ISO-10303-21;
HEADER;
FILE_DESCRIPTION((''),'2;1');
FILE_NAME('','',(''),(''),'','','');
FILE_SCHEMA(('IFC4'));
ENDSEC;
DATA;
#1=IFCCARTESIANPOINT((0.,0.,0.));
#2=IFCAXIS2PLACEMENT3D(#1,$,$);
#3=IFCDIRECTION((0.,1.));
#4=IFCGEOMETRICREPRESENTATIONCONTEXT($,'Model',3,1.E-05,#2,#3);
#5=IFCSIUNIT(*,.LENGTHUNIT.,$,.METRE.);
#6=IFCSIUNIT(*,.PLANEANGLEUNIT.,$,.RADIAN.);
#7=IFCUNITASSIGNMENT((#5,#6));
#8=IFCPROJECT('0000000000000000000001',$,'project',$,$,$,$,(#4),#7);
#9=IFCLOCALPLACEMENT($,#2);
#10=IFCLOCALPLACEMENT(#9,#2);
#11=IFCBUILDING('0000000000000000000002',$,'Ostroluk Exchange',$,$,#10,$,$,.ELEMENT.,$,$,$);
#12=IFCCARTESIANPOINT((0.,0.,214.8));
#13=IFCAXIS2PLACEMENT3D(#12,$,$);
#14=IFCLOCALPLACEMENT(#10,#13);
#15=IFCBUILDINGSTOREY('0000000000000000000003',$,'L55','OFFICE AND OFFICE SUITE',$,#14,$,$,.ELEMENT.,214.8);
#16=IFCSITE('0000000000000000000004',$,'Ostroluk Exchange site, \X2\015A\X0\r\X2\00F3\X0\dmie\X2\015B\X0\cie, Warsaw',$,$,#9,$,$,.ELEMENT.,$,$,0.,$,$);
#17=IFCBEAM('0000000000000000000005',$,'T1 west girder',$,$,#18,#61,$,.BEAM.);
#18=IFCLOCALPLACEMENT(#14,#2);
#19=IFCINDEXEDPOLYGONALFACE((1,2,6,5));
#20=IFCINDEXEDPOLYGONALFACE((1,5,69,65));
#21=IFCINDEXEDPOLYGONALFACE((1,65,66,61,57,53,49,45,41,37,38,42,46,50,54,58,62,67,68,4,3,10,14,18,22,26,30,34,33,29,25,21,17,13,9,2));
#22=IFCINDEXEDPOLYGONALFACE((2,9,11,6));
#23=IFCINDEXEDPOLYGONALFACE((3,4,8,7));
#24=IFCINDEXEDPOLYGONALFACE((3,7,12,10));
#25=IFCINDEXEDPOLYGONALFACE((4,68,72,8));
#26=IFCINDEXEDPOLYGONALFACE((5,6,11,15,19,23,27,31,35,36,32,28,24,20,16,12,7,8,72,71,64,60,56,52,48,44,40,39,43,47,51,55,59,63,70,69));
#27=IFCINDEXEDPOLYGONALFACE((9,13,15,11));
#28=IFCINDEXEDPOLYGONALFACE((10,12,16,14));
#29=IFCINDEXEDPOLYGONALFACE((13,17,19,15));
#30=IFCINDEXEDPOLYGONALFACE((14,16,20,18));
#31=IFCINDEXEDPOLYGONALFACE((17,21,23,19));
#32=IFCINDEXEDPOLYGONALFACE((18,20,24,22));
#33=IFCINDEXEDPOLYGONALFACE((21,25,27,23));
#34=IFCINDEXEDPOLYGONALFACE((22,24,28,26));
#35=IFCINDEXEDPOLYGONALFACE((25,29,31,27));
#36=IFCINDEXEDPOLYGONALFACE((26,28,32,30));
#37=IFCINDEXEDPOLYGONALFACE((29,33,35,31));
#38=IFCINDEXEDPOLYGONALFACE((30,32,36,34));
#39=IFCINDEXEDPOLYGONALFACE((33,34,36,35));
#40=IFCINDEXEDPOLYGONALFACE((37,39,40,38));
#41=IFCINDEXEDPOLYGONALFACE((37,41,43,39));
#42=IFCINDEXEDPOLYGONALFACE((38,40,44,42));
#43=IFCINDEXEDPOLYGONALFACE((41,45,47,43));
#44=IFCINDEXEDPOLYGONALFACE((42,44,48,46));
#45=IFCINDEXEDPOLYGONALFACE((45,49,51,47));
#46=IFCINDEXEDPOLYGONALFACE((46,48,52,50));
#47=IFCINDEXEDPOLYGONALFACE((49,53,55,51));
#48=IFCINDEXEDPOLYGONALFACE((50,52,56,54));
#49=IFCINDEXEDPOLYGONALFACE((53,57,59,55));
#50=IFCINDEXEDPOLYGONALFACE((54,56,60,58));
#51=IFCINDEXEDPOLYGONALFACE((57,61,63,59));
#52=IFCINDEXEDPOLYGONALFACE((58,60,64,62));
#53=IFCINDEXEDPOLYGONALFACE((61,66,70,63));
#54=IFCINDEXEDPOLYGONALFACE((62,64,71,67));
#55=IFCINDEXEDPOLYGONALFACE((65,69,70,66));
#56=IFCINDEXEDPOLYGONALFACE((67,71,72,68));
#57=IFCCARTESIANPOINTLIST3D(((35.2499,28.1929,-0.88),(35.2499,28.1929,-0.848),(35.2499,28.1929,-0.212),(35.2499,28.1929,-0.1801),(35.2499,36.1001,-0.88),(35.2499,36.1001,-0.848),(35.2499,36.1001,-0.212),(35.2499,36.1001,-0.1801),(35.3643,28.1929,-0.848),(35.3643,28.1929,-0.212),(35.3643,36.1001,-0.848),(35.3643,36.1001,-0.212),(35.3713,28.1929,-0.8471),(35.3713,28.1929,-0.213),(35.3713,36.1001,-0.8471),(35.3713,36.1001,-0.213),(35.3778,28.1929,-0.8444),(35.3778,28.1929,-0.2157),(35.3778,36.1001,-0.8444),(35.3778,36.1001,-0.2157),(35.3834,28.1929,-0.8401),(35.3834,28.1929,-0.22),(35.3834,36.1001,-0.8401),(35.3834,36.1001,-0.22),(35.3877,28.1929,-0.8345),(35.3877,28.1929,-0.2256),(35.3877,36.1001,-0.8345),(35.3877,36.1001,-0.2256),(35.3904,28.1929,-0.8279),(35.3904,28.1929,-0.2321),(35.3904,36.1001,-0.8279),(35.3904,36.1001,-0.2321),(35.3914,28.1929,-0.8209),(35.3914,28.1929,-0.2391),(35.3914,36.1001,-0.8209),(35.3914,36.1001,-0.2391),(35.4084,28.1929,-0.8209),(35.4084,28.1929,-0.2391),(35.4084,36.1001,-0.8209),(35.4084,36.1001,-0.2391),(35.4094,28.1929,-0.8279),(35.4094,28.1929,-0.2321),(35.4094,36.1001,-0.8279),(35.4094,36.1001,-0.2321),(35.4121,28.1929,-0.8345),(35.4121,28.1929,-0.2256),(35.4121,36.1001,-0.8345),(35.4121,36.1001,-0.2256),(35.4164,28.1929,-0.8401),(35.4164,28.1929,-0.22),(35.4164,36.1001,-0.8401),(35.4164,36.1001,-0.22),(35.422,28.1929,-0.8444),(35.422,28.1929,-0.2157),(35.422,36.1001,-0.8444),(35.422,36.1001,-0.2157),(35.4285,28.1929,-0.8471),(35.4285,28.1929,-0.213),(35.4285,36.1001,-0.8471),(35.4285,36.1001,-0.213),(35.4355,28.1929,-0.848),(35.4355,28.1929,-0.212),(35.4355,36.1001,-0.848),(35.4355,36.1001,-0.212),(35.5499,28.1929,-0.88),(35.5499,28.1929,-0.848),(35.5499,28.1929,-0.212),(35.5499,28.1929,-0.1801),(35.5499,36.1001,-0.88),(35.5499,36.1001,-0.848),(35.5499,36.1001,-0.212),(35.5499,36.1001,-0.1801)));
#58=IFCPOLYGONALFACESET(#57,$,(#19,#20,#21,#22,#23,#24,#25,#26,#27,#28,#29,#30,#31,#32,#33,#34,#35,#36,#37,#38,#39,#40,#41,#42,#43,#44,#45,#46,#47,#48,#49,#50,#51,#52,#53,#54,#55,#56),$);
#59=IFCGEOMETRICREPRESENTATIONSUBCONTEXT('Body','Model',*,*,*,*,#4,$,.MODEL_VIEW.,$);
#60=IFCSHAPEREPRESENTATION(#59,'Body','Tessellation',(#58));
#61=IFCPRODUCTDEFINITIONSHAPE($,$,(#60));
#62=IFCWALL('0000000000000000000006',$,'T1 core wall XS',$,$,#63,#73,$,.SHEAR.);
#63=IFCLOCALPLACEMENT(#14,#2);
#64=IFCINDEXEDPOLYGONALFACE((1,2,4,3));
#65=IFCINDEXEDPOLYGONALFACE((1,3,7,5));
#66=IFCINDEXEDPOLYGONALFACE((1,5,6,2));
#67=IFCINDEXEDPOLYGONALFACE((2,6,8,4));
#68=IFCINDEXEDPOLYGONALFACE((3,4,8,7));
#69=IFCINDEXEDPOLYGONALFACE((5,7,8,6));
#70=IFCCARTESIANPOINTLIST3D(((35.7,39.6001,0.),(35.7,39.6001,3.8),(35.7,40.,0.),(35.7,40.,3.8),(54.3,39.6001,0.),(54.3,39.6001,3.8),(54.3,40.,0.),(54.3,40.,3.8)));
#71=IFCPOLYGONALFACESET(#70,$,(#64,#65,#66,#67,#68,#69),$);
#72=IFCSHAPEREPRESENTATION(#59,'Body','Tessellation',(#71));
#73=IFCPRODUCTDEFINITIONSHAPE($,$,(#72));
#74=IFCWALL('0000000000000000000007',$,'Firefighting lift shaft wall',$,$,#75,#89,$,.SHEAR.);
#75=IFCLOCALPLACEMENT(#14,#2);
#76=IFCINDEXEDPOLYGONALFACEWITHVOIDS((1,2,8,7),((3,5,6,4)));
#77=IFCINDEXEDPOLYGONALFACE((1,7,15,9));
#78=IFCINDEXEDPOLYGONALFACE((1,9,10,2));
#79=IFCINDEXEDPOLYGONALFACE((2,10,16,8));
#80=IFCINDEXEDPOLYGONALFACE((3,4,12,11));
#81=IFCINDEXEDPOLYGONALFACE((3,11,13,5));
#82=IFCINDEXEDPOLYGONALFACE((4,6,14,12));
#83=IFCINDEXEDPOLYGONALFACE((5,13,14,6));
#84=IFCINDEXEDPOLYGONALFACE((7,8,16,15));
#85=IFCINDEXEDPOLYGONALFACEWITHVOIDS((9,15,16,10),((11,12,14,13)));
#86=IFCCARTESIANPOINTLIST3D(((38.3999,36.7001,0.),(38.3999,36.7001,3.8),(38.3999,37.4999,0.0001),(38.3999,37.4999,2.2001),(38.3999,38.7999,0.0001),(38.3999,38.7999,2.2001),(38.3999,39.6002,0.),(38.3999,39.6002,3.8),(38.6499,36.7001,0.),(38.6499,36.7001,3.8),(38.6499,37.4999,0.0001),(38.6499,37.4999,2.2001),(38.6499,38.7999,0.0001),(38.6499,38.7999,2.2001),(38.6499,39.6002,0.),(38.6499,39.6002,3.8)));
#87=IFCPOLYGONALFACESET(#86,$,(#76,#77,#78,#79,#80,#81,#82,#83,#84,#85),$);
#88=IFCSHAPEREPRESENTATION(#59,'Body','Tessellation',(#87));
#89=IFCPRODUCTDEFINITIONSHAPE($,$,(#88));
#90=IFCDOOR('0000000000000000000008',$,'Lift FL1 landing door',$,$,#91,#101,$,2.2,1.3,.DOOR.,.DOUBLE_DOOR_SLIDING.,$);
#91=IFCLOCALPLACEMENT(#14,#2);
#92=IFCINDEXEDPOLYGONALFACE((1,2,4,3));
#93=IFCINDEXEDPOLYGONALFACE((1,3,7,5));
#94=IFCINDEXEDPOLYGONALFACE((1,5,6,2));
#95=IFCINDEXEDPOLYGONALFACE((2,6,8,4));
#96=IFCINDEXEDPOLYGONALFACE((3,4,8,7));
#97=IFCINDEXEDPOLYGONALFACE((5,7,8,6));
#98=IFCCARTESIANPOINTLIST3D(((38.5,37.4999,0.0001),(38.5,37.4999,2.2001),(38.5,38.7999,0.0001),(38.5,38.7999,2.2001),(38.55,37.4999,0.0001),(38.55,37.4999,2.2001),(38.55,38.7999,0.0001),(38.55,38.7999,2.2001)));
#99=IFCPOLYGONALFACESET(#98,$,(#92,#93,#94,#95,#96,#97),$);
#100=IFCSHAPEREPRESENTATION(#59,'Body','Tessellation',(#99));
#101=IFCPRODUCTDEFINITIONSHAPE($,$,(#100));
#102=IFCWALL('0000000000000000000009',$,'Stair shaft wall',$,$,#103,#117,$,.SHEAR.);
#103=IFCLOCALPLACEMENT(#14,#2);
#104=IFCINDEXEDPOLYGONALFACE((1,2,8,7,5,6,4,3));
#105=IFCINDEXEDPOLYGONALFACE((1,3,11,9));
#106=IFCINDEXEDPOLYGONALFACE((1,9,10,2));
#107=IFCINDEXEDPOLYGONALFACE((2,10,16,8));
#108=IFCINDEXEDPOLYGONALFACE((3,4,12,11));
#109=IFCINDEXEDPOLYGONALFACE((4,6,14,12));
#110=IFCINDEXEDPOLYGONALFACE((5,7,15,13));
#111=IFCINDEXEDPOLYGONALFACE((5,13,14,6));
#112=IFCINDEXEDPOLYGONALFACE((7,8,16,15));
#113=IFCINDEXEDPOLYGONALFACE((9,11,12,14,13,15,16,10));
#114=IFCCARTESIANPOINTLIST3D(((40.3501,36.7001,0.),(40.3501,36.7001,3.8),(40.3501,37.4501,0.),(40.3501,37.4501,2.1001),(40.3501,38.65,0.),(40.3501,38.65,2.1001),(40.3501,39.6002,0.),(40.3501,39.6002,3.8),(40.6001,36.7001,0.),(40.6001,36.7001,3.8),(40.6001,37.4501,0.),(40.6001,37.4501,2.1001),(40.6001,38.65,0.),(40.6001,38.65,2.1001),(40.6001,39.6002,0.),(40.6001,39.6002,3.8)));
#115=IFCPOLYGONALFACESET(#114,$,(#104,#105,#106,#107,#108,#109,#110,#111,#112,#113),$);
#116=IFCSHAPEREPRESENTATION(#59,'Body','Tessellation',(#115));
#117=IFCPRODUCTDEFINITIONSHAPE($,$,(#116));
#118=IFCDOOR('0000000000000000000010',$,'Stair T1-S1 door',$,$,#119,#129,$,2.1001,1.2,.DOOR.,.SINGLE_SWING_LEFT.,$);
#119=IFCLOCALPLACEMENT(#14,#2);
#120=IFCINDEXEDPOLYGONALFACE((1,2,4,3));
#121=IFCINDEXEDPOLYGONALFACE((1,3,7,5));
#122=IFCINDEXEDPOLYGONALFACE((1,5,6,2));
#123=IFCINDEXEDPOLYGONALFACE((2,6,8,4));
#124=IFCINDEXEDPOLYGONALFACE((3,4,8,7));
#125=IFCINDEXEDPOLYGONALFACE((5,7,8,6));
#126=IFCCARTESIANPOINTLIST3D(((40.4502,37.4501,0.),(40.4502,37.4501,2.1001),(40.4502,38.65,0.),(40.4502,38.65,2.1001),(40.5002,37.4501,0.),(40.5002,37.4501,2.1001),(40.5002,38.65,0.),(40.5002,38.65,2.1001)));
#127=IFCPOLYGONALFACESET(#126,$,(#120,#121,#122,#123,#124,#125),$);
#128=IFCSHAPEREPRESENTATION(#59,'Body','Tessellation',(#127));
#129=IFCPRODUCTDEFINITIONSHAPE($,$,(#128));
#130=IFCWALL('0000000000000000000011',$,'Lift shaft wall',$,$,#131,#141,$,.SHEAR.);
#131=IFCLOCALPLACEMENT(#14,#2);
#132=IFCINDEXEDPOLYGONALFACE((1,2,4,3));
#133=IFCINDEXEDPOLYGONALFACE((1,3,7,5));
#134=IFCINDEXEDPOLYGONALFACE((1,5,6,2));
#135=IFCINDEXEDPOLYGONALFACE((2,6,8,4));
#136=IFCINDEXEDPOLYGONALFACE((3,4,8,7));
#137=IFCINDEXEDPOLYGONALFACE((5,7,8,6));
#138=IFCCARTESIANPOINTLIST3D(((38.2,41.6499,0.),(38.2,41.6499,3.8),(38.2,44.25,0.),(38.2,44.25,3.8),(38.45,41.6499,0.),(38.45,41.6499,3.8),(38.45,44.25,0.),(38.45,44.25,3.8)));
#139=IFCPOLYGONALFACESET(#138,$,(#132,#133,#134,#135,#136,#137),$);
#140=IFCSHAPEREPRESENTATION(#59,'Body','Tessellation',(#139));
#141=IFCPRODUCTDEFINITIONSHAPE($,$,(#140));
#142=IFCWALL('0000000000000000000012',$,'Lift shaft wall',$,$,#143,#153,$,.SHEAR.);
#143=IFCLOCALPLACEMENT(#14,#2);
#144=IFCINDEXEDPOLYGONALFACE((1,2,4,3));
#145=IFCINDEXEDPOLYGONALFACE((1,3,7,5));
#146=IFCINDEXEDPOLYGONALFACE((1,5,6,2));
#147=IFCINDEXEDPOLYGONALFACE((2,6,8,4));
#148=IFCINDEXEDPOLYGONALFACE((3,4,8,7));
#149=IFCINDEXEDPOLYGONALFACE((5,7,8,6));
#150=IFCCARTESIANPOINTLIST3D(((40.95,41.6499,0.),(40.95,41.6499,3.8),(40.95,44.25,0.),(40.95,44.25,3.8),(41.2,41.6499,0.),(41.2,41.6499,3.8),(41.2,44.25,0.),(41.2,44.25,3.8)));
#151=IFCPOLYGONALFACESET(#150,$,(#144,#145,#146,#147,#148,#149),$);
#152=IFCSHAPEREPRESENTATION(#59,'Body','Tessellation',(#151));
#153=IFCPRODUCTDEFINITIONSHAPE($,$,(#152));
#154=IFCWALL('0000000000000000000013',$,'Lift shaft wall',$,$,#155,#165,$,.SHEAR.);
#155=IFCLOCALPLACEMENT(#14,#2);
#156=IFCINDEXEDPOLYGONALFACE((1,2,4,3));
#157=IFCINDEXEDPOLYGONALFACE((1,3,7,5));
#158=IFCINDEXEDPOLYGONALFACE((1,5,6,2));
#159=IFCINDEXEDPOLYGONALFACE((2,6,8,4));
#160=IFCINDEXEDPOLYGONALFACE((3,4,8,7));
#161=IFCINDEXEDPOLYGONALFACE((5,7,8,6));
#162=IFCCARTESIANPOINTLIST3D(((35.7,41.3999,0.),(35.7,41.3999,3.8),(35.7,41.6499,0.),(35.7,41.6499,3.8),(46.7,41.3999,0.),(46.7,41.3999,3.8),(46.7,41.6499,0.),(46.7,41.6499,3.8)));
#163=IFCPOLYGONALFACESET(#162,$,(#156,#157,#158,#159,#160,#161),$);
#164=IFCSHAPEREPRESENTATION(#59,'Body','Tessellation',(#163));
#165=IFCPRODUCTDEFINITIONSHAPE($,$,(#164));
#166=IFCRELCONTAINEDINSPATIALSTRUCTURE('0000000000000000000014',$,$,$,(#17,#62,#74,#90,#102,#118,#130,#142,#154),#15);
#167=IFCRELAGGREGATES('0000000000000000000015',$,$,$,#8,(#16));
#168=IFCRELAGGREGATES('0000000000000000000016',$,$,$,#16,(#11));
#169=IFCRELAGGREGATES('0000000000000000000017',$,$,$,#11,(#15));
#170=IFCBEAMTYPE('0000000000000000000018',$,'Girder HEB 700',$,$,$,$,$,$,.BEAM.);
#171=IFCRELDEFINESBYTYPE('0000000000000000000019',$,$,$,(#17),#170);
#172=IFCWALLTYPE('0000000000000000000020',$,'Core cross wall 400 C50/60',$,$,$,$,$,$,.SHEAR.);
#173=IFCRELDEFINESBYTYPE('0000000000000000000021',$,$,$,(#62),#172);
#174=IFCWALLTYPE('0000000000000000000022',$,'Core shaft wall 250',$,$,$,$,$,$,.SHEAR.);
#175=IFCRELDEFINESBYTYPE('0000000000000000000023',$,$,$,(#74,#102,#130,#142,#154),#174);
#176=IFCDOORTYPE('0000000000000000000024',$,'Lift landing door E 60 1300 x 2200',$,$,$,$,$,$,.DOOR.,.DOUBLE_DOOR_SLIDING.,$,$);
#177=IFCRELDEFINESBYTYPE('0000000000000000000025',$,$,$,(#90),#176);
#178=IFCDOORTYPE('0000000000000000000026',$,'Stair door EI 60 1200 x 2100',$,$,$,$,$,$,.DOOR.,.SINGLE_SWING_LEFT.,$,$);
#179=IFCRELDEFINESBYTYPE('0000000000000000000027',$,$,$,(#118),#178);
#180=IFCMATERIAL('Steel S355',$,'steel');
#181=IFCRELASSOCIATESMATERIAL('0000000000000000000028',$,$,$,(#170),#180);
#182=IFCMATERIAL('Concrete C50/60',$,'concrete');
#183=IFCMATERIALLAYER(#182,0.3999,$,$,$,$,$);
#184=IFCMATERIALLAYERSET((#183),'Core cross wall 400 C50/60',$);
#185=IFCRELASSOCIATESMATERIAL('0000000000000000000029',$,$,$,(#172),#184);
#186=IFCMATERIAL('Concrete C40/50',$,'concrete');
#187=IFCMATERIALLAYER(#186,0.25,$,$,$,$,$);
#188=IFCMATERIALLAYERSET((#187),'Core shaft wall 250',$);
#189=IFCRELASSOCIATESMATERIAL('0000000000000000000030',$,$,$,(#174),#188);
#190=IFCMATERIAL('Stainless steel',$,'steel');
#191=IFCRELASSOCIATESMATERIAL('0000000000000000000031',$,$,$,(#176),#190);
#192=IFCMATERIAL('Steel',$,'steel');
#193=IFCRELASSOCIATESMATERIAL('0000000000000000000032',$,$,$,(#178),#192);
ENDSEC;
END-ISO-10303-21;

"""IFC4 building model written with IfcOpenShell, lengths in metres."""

from ifc_helpers import new_model, si_unit, direction, frame, frame_2d, origin, origin_2d, place, context, subcontext, project, spatial, rectangle, i_section, extrude, material, layer, layer_set, material_profile, profile_set, type_object, element, fill, save


model = new_model("IFC4")

# Units and contexts
model_context = context("Model", 3, precision=1e-05, world=origin(), true_north=direction((0.0, 1.0)))
body_context = subcontext(model_context, "Body", "Model", "MODEL_VIEW")
ifc_project = project(units=[si_unit("LENGTHUNIT", "METRE"), si_unit("PLANEANGLEUNIT", "RADIAN")], contexts=[model_context])

# Site, building, storey
site_placement = place(None, origin())
site = spatial("IfcSite", under=ifc_project, at=site_placement, Name="Ostroluk Exchange site, Śródmieście, Warsaw", CompositionType="ELEMENT", RefElevation=0.0)
building_placement = place(site_placement, origin())
building = spatial("IfcBuilding", under=site, at=building_placement, Name="Ostroluk Exchange", CompositionType="ELEMENT")
storey_placement = place(building_placement, frame((0.0, 0.0, 214.8)))
storey = spatial("IfcBuildingStorey", under=building, at=storey_placement, Name="L55", Description="OFFICE AND OFFICE SUITE", CompositionType="ELEMENT", Elevation=214.8)

# Beam
ifc_material_1 = material(Name="Steel S355", Category="steel")
ifc_material_profile_1 = material_profile(ifc_material_1, i_section(OverallWidth=0.3, OverallDepth=0.7, WebThickness=0.0171, FlangeThickness=0.032, FilletRadius=0.0271, at=origin_2d()), Name="HEB 700")
ifc_profile_set_1 = profile_set([ifc_material_profile_1], Name="Steel S355")
beam_type_1 = type_object("IfcBeamType", Name="Girder HEB 700", PredefinedType="BEAM", material=ifc_profile_set_1)
beam_1_placement = place(storey_placement, frame((35.3999, 36.1001, -0.53), z_axis=(0.0, -1.0, 0.0), x_axis=(1.0, 0.0, 0.0)))
element("IfcBeam", 1, at=beam_1_placement, inside=storey, type_object=beam_type_1, Name="T1 west girder", PredefinedType="BEAM", context=body_context, shape_type="SweptSolid", body=[
    extrude(i_section(OverallWidth=0.3, OverallDepth=0.7, WebThickness=0.0171, FlangeThickness=0.032, FilletRadius=0.0271, at=origin_2d()), origin(), (0.0, 0.0, 1.0), 7.9072),
])

# Wall
ifc_material_2 = material(Name="Concrete C50/60", Category="concrete")
ifc_layer_1 = layer(ifc_material_2, 0.3999)
ifc_layer_set_1 = layer_set([ifc_layer_1], Name="Core cross wall 400 C50/60")
wall_type_1 = type_object("IfcWallType", Name="Core cross wall 400 C50/60", PredefinedType="SHEAR", material=ifc_layer_set_1)
wall_1_placement = place(storey_placement, frame((35.7, 39.8, 0.0), z_axis=(0.0, 0.0, 1.0), x_axis=(1.0, 0.0, 0.0)))
element("IfcWall", 2, at=wall_1_placement, inside=storey, type_object=wall_type_1, Name="T1 core wall XS", PredefinedType="SHEAR", context=body_context, shape_type="SweptSolid", body=[
    extrude(rectangle(XDim=18.6001, YDim=0.3999, at=frame_2d((9.3, 0.0))), origin(), (0.0, 0.0, 1.0), 3.8),
])

# Walls, openings, doors
ifc_material_3 = material(Name="Concrete C40/50", Category="concrete")
ifc_layer_2 = layer(ifc_material_3, 0.25)
ifc_layer_set_2 = layer_set([ifc_layer_2], Name="Core shaft wall 250")
wall_type_2 = type_object("IfcWallType", Name="Core shaft wall 250", PredefinedType="SHEAR", material=ifc_layer_set_2)
wall_2_placement = place(storey_placement, frame((38.5249, 36.7, 0.0), z_axis=(0.0, 0.0, 1.0), x_axis=(0.0, 1.0, 0.0)))
wall_2 = element("IfcWall", 3, at=wall_2_placement, inside=storey, type_object=wall_type_2, Name="Firefighting lift shaft wall", PredefinedType="SHEAR", context=body_context, shape_type="SweptSolid", body=[
    extrude(rectangle(XDim=2.9001, YDim=0.25, at=frame_2d((1.4502, 0.0))), origin(), (0.0, 0.0, 1.0), 3.8),
])
opening_1_placement = place(wall_2_placement, frame((0.8, 0.0, 0.0)))
opening_1 = element("IfcOpeningElement", 4, at=opening_1_placement, cuts=wall_2, PredefinedType="OPENING", context=body_context, shape_type="SweptSolid", body=[
    extrude(rectangle(XDim=1.3, YDim=2.2, at=frame_2d((0.6499, 1.1001))), frame((0.0, 0.135, 0.0), z_axis=(0.0, -1.0, 0.0), x_axis=(1.0, 0.0, 0.0)), (0.0, 0.0, 1.0), 0.27),
])
ifc_material_4 = material(Name="Stainless steel", Category="steel")
door_type_1 = type_object("IfcDoorType", Name="Lift landing door E 60 1300 x 2200", OperationType="DOUBLE_DOOR_SLIDING", PredefinedType="DOOR", material=ifc_material_4)
door_1_placement = place(opening_1_placement, origin())
door_1 = element("IfcDoor", 5, at=door_1_placement, inside=storey, type_object=door_type_1, Name="Lift FL1 landing door", OperationType="DOUBLE_DOOR_SLIDING", OverallHeight=2.2, OverallWidth=1.3, PredefinedType="DOOR", context=body_context, shape_type="SweptSolid", body=[
    extrude(rectangle(XDim=1.3, YDim=2.2, at=frame_2d((0.6499, 1.1001))), frame((0.0, 0.0249, 0.0), z_axis=(0.0, -1.0, 0.0), x_axis=(1.0, 0.0, 0.0)), (0.0, 0.0, 1.0), 0.05),
])
fill(opening_1, door_1)
wall_3_placement = place(storey_placement, frame((40.4751, 36.7, 0.0), z_axis=(0.0, 0.0, 1.0), x_axis=(0.0, 1.0, 0.0)))
wall_3 = element("IfcWall", 6, at=wall_3_placement, inside=storey, type_object=wall_type_2, Name="Stair shaft wall", PredefinedType="SHEAR", context=body_context, shape_type="SweptSolid", body=[
    extrude(rectangle(XDim=2.9001, YDim=0.25, at=frame_2d((1.4502, 0.0))), origin(), (0.0, 0.0, 1.0), 3.8),
])
opening_2_placement = place(wall_3_placement, frame((0.75, 0.0, 0.0)))
opening_2 = element("IfcOpeningElement", 7, at=opening_2_placement, cuts=wall_3, PredefinedType="OPENING", context=body_context, shape_type="SweptSolid", body=[
    extrude(rectangle(XDim=1.2, YDim=2.1001, at=frame_2d((0.6001, 1.05))), frame((0.0, 0.135, 0.0), z_axis=(0.0, -1.0, 0.0), x_axis=(1.0, 0.0, 0.0)), (0.0, 0.0, 1.0), 0.27),
])
ifc_material_5 = material(Name="Steel", Category="steel")
door_type_2 = type_object("IfcDoorType", Name="Stair door EI 60 1200 x 2100", OperationType="SINGLE_SWING_LEFT", PredefinedType="DOOR", material=ifc_material_5)
door_2_placement = place(opening_2_placement, origin())
door_2 = element("IfcDoor", 8, at=door_2_placement, inside=storey, type_object=door_type_2, Name="Stair T1-S1 door", OperationType="SINGLE_SWING_LEFT", OverallHeight=2.1001, OverallWidth=1.2, PredefinedType="DOOR", context=body_context, shape_type="SweptSolid", body=[
    extrude(rectangle(XDim=1.2, YDim=2.1001, at=frame_2d((0.6001, 1.05))), frame((0.0, 0.0249, 0.0), z_axis=(0.0, -1.0, 0.0), x_axis=(1.0, 0.0, 0.0)), (0.0, 0.0, 1.0), 0.05),
])
fill(opening_2, door_2)

# Walls
for number, where, z_axis, x_axis, name in (
    (9, (38.325, 44.25, 0.0), (0.0, 0.0, 1.0), (0.0, -1.0, 0.0), "Lift shaft wall"),
    (10, (41.075, 44.25, 0.0), (0.0, 0.0, 1.0), (0.0, -1.0, 0.0), "Lift shaft wall"),
):
    element("IfcWall", number, at=place(storey_placement, frame(where, z_axis=z_axis, x_axis=x_axis)), inside=storey, type_object=wall_type_2, Name=name, PredefinedType="SHEAR", context=body_context, shape_type="SweptSolid", body=[
        extrude(rectangle(XDim=2.6001, YDim=0.25, at=frame_2d((1.3, 0.0))), origin(), (0.0, 0.0, 1.0), 3.8),
    ])
wall_4_placement = place(storey_placement, frame((35.7, 41.5249, 0.0), z_axis=(0.0, 0.0, 1.0), x_axis=(1.0, 0.0, 0.0)))
element("IfcWall", 11, at=wall_4_placement, inside=storey, type_object=wall_type_2, Name="Lift shaft wall", PredefinedType="SHEAR", context=body_context, shape_type="SweptSolid", body=[
    extrude(rectangle(XDim=11.0, YDim=0.25, at=frame_2d((5.5, 0.0))), origin(), (0.0, 0.0, 1.0), 3.8),
])

save(model, "model.ifc")
